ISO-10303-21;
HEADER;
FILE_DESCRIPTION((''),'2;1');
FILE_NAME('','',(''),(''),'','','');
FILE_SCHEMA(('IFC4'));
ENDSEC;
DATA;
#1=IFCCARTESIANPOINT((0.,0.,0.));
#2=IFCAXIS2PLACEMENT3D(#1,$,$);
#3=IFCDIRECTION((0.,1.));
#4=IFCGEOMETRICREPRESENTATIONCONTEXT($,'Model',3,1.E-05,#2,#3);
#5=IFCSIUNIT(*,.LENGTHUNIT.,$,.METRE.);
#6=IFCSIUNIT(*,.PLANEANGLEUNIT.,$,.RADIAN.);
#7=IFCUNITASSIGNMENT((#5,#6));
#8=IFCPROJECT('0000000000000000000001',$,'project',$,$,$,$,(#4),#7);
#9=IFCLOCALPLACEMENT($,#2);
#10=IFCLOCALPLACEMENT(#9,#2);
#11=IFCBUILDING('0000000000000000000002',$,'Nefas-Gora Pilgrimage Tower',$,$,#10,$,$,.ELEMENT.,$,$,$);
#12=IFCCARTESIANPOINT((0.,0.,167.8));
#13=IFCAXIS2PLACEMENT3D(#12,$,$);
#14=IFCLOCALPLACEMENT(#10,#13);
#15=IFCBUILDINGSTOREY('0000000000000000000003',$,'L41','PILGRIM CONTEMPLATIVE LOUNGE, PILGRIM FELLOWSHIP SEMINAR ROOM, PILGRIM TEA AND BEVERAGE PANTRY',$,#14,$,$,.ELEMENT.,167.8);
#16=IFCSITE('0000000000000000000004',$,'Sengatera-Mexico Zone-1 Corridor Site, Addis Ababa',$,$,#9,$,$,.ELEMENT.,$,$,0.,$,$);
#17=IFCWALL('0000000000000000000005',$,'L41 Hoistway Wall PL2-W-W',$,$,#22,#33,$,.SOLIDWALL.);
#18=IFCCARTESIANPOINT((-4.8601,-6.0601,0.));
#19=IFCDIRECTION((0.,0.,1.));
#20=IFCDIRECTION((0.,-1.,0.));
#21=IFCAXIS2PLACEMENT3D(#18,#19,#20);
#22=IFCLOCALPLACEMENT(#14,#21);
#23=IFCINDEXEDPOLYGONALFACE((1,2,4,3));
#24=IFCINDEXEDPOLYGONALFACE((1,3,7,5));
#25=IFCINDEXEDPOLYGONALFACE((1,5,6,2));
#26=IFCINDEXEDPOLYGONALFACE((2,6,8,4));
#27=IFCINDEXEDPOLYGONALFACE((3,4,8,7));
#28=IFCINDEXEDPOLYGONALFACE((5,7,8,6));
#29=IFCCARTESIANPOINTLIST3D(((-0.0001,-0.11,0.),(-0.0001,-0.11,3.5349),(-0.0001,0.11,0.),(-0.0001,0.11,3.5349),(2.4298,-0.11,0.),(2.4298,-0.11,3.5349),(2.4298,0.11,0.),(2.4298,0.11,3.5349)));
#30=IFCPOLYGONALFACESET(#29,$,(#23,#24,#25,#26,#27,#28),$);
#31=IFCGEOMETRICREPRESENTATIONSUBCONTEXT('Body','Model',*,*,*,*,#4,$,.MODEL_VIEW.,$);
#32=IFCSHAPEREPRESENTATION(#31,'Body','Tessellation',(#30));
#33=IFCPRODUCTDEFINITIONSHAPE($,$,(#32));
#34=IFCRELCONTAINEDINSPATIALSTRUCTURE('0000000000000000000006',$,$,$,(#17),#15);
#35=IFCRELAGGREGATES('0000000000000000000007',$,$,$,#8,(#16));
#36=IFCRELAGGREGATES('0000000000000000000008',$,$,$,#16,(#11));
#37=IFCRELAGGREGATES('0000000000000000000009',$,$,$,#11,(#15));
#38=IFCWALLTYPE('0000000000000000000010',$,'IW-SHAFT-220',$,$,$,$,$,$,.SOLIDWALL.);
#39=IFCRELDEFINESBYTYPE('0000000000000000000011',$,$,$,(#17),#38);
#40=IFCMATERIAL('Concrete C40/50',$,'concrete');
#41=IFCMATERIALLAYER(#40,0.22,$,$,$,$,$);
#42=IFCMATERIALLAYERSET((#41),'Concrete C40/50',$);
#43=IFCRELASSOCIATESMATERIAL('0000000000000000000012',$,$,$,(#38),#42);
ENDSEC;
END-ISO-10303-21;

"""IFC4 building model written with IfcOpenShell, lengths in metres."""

from ifc_helpers import new_model, si_unit, direction, frame, frame_2d, origin, place, context, subcontext, project, spatial, rectangle, extrude, source, transform, mapped, material, layer, layer_set, type_object, element, save


model = new_model("IFC4")

# Units and contexts
model_context = context("Model", 3, precision=1e-05, world=origin(), true_north=direction((0.0, 1.0)))
body_context = subcontext(model_context, "Body", "Model", "MODEL_VIEW")
ifc_project = project(units=[si_unit("LENGTHUNIT", "METRE"), si_unit("PLANEANGLEUNIT", "RADIAN")], contexts=[model_context])

# Site, building, storey
site_placement = place(None, origin())
site = spatial("IfcSite", under=ifc_project, at=site_placement, Name="Sengatera-Mexico Zone-1 Corridor Site, Addis Ababa", CompositionType="ELEMENT", RefElevation=0.0)
building_placement = place(site_placement, origin())
building = spatial("IfcBuilding", under=site, at=building_placement, Name="Nefas-Gora Pilgrimage Tower", CompositionType="ELEMENT")
storey_placement = place(building_placement, frame((0.0, 0.0, 167.8)))
storey = spatial("IfcBuildingStorey", under=building, at=storey_placement, Name="L41", Description="PILGRIM CONTEMPLATIVE LOUNGE, PILGRIM FELLOWSHIP SEMINAR ROOM, PILGRIM TEA AND BEVERAGE PANTRY", CompositionType="ELEMENT", Elevation=167.8)

# Wall
ifc_material_1 = material(Name="Concrete C40/50", Category="concrete")
ifc_layer_1 = layer(ifc_material_1, 0.22)
ifc_layer_set_1 = layer_set([ifc_layer_1], Name="Concrete C40/50")
wall_type_1 = type_object("IfcWallType", Name="IW-SHAFT-220", PredefinedType="SOLIDWALL", material=ifc_layer_set_1)
shared_shape_1 = source(origin(), body_context, "Body", "SweptSolid", [
    extrude(rectangle(XDim=2.4299, YDim=0.22, at=frame_2d((1.2148, 0.0))), origin(), (0.0, 0.0, 1.0), 3.5349),
])
wall_1_placement = place(storey_placement, frame((-4.8601, -6.0601, 0.0), z_axis=(0.0, 0.0, 1.0), x_axis=(0.0, -1.0, 0.0)))
element("IfcWall", 1, at=wall_1_placement, inside=storey, type_object=wall_type_1, Name="L41 Hoistway Wall PL2-W-W", PredefinedType="SOLIDWALL", context=body_context, shape_type="MappedRepresentation", body=[
    mapped(shared_shape_1, transform((0.0, 0.0, 0.0), x_axis=(1.0, 0.0, 0.0), y_axis=(0.0, 1.0, 0.0), z_axis=(0.0, 0.0, 1.0), scale=1.0)),
])

save(model, "model.ifc")
